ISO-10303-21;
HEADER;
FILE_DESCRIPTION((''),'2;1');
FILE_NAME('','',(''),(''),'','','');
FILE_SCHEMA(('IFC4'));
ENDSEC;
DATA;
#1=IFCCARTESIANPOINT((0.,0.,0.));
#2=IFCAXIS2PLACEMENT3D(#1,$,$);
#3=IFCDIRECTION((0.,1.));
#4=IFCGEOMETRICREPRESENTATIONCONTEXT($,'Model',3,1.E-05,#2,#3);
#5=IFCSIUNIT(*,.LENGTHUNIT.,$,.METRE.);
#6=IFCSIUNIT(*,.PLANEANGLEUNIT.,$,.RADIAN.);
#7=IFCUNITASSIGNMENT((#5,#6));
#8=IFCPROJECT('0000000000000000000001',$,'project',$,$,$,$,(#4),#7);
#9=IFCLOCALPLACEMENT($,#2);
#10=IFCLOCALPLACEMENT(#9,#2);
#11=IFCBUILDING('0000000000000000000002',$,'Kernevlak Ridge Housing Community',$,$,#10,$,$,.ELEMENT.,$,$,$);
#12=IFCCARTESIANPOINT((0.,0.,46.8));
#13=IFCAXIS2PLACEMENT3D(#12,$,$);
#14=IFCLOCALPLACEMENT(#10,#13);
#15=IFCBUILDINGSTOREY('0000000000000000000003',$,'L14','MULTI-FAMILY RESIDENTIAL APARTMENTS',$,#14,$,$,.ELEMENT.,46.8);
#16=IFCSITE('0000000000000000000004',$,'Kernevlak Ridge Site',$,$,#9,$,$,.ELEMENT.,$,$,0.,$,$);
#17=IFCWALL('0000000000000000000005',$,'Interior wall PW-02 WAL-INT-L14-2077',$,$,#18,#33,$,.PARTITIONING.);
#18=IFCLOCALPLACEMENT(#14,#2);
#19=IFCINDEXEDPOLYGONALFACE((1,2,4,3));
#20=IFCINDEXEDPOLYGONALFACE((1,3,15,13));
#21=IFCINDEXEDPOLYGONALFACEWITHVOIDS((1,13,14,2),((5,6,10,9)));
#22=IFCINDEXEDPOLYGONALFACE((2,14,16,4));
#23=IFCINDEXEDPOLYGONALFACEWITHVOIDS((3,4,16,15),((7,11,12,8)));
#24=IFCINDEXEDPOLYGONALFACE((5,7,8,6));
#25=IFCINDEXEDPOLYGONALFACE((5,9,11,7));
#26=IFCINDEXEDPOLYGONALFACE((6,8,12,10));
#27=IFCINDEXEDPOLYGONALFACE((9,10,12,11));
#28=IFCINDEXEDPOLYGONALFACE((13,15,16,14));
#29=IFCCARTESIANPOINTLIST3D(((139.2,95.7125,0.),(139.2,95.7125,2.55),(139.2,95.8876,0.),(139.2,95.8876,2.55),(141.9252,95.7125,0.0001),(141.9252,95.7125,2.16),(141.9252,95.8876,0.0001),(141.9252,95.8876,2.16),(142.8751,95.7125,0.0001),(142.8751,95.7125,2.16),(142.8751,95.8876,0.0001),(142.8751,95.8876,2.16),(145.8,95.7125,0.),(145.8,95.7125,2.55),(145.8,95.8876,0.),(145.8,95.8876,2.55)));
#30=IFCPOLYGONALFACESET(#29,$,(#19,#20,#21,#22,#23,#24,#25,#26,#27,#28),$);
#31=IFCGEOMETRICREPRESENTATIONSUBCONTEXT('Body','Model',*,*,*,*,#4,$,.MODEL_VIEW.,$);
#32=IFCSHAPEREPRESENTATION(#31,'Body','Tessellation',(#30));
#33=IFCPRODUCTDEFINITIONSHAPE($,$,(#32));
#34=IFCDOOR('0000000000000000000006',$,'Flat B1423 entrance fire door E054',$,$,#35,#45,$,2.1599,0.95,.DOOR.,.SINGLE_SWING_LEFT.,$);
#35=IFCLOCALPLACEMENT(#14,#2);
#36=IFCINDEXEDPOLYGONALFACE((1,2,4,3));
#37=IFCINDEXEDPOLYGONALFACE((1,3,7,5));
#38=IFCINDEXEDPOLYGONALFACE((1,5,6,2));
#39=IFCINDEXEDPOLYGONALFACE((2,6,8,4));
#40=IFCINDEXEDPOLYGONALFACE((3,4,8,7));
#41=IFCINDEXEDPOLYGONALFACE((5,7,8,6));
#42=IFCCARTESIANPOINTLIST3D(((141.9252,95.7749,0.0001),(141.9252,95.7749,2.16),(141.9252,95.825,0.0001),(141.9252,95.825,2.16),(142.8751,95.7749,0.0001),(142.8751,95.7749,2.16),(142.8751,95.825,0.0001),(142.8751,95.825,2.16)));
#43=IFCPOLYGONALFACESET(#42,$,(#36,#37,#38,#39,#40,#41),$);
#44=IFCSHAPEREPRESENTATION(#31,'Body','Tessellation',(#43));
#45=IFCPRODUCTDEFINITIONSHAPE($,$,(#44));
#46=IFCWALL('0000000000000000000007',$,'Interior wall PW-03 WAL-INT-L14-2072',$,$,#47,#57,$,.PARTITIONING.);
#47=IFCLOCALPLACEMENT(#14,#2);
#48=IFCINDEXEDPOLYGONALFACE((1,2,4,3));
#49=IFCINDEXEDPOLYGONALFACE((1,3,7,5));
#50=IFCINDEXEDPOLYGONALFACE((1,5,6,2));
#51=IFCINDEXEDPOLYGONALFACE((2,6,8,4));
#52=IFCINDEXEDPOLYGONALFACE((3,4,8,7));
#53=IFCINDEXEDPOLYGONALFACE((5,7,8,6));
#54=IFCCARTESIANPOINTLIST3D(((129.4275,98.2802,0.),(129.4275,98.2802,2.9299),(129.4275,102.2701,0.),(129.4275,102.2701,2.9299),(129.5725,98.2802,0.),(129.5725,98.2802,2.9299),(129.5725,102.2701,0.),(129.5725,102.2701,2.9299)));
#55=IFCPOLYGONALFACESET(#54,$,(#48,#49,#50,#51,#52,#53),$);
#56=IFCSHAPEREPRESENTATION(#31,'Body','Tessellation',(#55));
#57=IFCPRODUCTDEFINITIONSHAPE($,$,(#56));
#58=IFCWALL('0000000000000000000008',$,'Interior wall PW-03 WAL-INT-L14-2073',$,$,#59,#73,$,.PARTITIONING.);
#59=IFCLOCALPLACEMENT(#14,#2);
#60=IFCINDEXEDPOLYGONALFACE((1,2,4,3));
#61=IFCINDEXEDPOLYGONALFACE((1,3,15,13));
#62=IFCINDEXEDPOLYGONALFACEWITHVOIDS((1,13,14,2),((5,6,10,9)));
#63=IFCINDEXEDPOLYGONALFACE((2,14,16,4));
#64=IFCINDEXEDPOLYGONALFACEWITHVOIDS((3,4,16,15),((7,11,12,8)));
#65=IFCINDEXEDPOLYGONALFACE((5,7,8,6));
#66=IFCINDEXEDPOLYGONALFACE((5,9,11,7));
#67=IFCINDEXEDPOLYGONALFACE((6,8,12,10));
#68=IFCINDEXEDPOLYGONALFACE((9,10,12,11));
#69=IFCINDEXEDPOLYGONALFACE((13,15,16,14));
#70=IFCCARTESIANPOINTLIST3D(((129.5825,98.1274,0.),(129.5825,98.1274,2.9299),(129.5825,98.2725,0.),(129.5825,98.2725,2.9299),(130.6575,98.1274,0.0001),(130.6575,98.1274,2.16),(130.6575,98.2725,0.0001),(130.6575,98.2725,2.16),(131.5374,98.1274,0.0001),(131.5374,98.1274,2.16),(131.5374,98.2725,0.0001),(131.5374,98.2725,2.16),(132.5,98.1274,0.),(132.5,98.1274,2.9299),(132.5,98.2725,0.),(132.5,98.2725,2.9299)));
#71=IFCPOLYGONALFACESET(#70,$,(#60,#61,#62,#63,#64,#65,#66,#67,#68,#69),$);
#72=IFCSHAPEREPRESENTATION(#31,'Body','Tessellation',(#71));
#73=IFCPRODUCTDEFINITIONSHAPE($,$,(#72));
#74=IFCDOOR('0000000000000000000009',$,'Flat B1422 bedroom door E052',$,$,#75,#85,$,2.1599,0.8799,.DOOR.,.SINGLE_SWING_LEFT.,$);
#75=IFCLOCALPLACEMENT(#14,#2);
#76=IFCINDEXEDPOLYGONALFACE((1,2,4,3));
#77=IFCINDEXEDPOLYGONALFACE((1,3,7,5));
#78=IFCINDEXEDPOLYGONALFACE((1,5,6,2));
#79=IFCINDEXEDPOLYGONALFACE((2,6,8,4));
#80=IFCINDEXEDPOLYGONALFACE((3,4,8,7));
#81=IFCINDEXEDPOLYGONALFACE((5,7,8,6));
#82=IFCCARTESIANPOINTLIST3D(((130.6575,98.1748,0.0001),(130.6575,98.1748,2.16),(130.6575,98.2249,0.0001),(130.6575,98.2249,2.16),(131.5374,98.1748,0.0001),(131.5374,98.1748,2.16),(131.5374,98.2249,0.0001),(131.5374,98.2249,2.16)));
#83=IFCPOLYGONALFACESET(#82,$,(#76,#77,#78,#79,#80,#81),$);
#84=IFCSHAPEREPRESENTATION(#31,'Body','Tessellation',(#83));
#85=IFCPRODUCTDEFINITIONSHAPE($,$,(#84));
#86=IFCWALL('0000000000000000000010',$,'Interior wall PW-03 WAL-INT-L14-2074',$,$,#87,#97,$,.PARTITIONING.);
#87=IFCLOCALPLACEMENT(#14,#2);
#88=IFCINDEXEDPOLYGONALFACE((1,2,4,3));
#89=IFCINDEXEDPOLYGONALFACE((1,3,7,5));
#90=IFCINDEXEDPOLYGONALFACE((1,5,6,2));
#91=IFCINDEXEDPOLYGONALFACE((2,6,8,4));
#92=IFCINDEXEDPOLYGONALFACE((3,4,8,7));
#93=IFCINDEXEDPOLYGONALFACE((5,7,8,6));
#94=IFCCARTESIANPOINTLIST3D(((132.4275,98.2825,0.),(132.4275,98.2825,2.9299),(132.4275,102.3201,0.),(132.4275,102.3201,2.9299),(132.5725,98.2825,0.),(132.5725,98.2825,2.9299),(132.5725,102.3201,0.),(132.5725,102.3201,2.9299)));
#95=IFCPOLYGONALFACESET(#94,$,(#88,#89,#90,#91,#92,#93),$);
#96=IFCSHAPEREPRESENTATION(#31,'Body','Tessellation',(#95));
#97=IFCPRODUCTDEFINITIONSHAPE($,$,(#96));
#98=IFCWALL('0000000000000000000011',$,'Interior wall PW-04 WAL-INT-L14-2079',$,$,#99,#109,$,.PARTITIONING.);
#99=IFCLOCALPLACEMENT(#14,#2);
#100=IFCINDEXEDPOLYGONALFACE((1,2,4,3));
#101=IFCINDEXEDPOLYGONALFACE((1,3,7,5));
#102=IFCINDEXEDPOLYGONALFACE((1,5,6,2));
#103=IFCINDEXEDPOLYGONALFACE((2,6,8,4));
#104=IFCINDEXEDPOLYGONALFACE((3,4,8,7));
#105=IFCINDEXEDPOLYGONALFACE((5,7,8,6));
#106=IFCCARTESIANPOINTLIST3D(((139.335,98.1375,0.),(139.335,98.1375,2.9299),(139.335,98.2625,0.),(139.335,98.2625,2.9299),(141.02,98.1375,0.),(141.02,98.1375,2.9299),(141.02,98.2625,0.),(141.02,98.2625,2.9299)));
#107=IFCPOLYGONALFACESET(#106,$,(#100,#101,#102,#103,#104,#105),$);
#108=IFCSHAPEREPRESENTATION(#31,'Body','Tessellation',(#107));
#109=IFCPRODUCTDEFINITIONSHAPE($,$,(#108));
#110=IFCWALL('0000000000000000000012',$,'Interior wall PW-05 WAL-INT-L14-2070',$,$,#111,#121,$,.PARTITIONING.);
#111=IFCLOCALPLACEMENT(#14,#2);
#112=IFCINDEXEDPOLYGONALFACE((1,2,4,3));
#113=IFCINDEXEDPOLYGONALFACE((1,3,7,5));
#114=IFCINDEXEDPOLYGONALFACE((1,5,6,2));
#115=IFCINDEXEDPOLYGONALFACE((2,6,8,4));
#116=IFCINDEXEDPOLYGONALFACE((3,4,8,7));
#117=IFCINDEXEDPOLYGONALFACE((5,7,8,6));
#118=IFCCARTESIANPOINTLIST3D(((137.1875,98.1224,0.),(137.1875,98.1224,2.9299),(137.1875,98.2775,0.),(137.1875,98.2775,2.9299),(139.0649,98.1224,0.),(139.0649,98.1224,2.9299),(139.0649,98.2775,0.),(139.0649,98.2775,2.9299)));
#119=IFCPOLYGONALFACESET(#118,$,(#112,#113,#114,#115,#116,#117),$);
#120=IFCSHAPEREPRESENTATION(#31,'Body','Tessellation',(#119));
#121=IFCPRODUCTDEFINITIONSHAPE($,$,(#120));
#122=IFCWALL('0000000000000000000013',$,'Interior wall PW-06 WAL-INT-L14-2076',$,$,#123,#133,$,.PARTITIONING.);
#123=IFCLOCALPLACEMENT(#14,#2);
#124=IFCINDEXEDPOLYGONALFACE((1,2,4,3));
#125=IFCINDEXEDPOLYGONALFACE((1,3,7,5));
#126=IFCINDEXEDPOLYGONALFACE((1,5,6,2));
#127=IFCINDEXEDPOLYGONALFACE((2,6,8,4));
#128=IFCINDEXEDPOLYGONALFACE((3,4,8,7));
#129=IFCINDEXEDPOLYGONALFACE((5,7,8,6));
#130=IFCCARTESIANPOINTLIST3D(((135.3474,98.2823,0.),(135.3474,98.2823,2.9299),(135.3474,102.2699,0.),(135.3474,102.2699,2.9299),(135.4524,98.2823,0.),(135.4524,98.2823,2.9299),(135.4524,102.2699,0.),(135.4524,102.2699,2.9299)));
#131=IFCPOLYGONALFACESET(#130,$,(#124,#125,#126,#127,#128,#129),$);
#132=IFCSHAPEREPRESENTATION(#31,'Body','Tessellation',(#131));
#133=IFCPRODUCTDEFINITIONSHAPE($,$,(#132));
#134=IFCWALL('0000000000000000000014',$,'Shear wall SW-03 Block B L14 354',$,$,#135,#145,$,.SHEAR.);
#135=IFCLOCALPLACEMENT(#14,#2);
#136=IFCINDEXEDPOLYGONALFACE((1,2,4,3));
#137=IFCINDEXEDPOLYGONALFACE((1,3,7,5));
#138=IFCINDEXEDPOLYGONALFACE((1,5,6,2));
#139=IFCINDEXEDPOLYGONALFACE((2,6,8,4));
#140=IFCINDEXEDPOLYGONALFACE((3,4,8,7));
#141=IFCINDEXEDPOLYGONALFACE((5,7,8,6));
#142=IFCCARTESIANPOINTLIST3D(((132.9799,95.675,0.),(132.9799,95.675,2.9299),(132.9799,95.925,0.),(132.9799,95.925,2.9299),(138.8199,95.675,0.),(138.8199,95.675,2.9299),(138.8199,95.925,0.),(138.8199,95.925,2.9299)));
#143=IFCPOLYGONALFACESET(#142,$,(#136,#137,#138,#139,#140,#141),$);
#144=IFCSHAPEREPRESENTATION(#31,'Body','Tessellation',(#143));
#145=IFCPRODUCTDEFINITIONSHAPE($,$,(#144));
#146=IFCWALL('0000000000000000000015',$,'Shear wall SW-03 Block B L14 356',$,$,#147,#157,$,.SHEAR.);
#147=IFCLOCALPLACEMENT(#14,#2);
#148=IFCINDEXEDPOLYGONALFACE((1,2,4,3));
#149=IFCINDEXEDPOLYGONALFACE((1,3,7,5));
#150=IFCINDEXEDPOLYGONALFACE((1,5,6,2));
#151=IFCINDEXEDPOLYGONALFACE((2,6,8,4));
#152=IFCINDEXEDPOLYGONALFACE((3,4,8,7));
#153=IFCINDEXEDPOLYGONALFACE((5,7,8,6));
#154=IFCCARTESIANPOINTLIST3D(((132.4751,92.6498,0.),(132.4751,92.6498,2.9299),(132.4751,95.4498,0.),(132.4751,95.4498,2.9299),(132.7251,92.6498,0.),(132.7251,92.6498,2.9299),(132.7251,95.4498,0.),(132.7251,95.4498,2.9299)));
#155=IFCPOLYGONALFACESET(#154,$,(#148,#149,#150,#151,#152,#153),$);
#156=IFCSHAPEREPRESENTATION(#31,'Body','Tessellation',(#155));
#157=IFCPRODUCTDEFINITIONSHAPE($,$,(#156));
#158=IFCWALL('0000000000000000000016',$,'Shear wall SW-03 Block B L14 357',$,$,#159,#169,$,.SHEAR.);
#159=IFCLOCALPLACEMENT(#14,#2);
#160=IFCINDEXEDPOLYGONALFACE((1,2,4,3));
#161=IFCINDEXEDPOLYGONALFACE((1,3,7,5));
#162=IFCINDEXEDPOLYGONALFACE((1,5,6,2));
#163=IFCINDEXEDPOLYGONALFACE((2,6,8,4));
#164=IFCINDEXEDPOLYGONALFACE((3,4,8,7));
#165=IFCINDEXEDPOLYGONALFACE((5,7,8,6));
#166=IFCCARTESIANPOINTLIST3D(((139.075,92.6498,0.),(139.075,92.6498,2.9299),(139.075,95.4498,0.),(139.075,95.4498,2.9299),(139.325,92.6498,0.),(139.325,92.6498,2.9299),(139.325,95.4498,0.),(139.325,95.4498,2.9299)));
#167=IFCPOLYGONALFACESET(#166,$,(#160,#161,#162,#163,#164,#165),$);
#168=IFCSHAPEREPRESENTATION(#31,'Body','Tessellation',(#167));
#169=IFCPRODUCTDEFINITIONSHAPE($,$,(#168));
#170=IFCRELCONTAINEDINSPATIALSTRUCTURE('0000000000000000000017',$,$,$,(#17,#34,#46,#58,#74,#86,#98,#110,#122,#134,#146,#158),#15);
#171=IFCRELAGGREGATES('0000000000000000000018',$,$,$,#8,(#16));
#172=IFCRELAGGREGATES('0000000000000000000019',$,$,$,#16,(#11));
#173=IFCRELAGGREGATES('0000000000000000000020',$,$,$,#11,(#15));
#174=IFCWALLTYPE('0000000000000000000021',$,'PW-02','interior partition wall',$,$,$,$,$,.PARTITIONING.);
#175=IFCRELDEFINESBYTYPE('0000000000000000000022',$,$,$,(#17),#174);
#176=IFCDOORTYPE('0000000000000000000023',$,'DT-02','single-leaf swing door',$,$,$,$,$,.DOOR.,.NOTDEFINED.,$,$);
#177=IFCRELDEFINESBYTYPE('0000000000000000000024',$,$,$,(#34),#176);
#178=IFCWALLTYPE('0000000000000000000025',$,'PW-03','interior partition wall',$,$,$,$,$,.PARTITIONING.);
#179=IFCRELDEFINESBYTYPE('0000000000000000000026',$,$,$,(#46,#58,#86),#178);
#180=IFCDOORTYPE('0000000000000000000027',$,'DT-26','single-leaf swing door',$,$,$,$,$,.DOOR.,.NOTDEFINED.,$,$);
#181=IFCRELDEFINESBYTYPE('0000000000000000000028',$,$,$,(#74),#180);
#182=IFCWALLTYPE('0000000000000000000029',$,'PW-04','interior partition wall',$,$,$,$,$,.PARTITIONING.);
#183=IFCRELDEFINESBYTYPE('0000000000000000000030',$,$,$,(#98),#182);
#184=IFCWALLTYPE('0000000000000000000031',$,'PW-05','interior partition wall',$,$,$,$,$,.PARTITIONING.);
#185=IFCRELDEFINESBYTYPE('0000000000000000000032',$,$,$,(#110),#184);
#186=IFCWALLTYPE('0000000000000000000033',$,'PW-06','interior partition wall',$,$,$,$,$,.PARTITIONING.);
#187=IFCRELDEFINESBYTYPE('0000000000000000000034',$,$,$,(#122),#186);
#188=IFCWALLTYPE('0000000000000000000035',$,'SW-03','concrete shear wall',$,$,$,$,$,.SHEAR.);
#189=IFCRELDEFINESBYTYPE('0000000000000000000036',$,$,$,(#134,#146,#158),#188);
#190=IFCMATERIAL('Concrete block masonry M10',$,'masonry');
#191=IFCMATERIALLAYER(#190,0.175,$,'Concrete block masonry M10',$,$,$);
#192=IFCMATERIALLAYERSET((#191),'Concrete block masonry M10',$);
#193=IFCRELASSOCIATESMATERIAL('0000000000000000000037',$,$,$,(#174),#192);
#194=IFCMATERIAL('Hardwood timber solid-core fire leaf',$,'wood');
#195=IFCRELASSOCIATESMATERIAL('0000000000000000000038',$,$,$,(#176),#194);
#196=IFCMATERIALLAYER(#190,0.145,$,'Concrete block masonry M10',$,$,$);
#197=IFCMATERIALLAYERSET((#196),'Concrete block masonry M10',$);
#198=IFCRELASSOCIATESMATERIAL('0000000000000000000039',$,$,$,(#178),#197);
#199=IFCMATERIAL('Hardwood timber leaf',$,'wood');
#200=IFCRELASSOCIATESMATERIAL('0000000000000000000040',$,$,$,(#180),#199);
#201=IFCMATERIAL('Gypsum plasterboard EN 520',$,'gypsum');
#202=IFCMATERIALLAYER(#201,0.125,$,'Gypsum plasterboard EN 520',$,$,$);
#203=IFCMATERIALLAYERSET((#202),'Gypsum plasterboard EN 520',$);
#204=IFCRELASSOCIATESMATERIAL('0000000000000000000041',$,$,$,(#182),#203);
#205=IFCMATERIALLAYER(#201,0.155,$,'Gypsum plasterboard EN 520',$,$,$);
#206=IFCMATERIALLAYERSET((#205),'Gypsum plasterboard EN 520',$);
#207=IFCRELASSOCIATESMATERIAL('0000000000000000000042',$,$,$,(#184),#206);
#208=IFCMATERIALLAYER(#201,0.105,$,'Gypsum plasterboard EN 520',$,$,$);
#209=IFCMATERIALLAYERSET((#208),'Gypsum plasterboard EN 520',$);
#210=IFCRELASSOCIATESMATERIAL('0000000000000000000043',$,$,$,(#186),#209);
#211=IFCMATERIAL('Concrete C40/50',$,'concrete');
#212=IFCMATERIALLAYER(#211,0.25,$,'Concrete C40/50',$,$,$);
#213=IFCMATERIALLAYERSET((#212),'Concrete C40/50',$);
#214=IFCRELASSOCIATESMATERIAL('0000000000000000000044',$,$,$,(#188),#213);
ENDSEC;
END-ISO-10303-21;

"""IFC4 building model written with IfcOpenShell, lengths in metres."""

from ifc_helpers import new_model, si_unit, direction, frame, frame_2d, origin, place, context, subcontext, project, spatial, rectangle, extrude, material, layer, layer_set, type_object, element, fill, save


model = new_model("IFC4")

# Units and contexts
model_context = context("Model", 3, precision=1e-05, world=origin(), true_north=direction((0.0, 1.0)))
body_context = subcontext(model_context, "Body", "Model", "MODEL_VIEW")
ifc_project = project(units=[si_unit("LENGTHUNIT", "METRE"), si_unit("PLANEANGLEUNIT", "RADIAN")], contexts=[model_context])

# Site, building, storey
site_placement = place(None, origin())
site = spatial("IfcSite", under=ifc_project, at=site_placement, Name="Kernevlak Ridge Site", CompositionType="ELEMENT", RefElevation=0.0)
building_placement = place(site_placement, origin())
building = spatial("IfcBuilding", under=site, at=building_placement, Name="Kernevlak Ridge Housing Community", CompositionType="ELEMENT")
storey_placement = place(building_placement, frame((0.0, 0.0, 46.8)))
storey = spatial("IfcBuildingStorey", under=building, at=storey_placement, Name="L14", Description="MULTI-FAMILY RESIDENTIAL APARTMENTS", CompositionType="ELEMENT", Elevation=46.8)

# Shared definitions
ifc_material_1 = material(Name="Concrete block masonry M10", Category="masonry")

# Wall, opening, door
ifc_layer_1 = layer(ifc_material_1, 0.175, Name="Concrete block masonry M10")
ifc_layer_set_1 = layer_set([ifc_layer_1], Name="Concrete block masonry M10")
wall_type_1 = type_object("IfcWallType", Name="PW-02", Description="interior partition wall", PredefinedType="PARTITIONING", material=ifc_layer_set_1)
wall_1_placement = place(storey_placement, frame((139.2, 95.8, 0.0), z_axis=(0.0, 0.0, 1.0), x_axis=(1.0, 0.0, 0.0)))
wall_1 = element("IfcWall", 1, at=wall_1_placement, inside=storey, type_object=wall_type_1, Name="Interior wall PW-02 WAL-INT-L14-2077", PredefinedType="PARTITIONING", context=body_context, shape_type="SweptSolid", body=[
    extrude(rectangle(XDim=6.6001, YDim=0.175, at=frame_2d((3.3, 0.0))), origin(), (0.0, 0.0, 1.0), 2.55),
])
opening_1_placement = place(wall_1_placement, frame((2.7251, 0.0, 0.0)))
opening_1 = element("IfcOpeningElement", 2, at=opening_1_placement, cuts=wall_1, PredefinedType="OPENING", context=body_context, shape_type="SweptSolid", body=[
    extrude(rectangle(XDim=0.95, YDim=2.1599, at=frame_2d((0.4751, 1.0801))), frame((0.0, 0.0974, 0.0), z_axis=(0.0, -1.0, 0.0), x_axis=(1.0, 0.0, 0.0)), (0.0, 0.0, 1.0), 0.1951),
])
ifc_material_2 = material(Name="Hardwood timber solid-core fire leaf", Category="wood")
door_type_1 = type_object("IfcDoorType", Name="DT-02", Description="single-leaf swing door", OperationType="NOTDEFINED", PredefinedType="DOOR", material=ifc_material_2)
door_1_placement = place(opening_1_placement, origin())
door_1 = element("IfcDoor", 3, at=door_1_placement, inside=storey, type_object=door_type_1, Name="Flat B1423 entrance fire door E054", OperationType="SINGLE_SWING_LEFT", OverallHeight=2.1599, OverallWidth=0.95, PredefinedType="DOOR", context=body_context, shape_type="SweptSolid", body=[
    extrude(rectangle(XDim=0.95, YDim=2.1599, at=frame_2d((0.4751, 1.0801))), frame((0.0, 0.0249, 0.0), z_axis=(0.0, -1.0, 0.0), x_axis=(1.0, 0.0, 0.0)), (0.0, 0.0, 1.0), 0.05),
])
fill(opening_1, door_1)

# Wall
ifc_layer_2 = layer(ifc_material_1, 0.145, Name="Concrete block masonry M10")
ifc_layer_set_2 = layer_set([ifc_layer_2], Name="Concrete block masonry M10")
wall_type_2 = type_object("IfcWallType", Name="PW-03", Description="interior partition wall", PredefinedType="PARTITIONING", material=ifc_layer_set_2)
wall_2_placement = place(storey_placement, frame((129.5, 98.28, 0.0), z_axis=(0.0, 0.0, 1.0), x_axis=(0.0, 1.0, 0.0)))
element("IfcWall", 4, at=wall_2_placement, inside=storey, type_object=wall_type_2, Name="Interior wall PW-03 WAL-INT-L14-2072", PredefinedType="PARTITIONING", context=body_context, shape_type="SweptSolid", body=[
    extrude(rectangle(XDim=3.99, YDim=0.145, at=frame_2d((1.9951, 0.0))), origin(), (0.0, 0.0, 1.0), 2.9299),
])

# Wall, opening, door
wall_3_placement = place(storey_placement, frame((129.5825, 98.2, 0.0), z_axis=(0.0, 0.0, 1.0), x_axis=(1.0, 0.0, 0.0)))
wall_3 = element("IfcWall", 5, at=wall_3_placement, inside=storey, type_object=wall_type_2, Name="Interior wall PW-03 WAL-INT-L14-2073", PredefinedType="PARTITIONING", context=body_context, shape_type="SweptSolid", body=[
    extrude(rectangle(XDim=2.9175, YDim=0.145, at=frame_2d((1.4587, 0.0))), origin(), (0.0, 0.0, 1.0), 2.9299),
])
opening_2_placement = place(wall_3_placement, frame((1.075, 0.0, 0.0)))
opening_2 = element("IfcOpeningElement", 6, at=opening_2_placement, cuts=wall_3, PredefinedType="OPENING", context=body_context, shape_type="SweptSolid", body=[
    extrude(rectangle(XDim=0.8799, YDim=2.1599, at=frame_2d((0.4399, 1.0801))), frame((0.0, 0.0825, 0.0), z_axis=(0.0, -1.0, 0.0), x_axis=(1.0, 0.0, 0.0)), (0.0, 0.0, 1.0), 0.165),
])
ifc_material_3 = material(Name="Hardwood timber leaf", Category="wood")
door_type_2 = type_object("IfcDoorType", Name="DT-26", Description="single-leaf swing door", OperationType="NOTDEFINED", PredefinedType="DOOR", material=ifc_material_3)
door_2_placement = place(opening_2_placement, origin())
door_2 = element("IfcDoor", 7, at=door_2_placement, inside=storey, type_object=door_type_2, Name="Flat B1422 bedroom door E052", OperationType="SINGLE_SWING_LEFT", OverallHeight=2.1599, OverallWidth=0.8799, PredefinedType="DOOR", context=body_context, shape_type="SweptSolid", body=[
    extrude(rectangle(XDim=0.8799, YDim=2.1599, at=frame_2d((0.4399, 1.0801))), frame((0.0, 0.0249, 0.0), z_axis=(0.0, -1.0, 0.0), x_axis=(1.0, 0.0, 0.0)), (0.0, 0.0, 1.0), 0.05),
])
fill(opening_2, door_2)

# Wall
wall_4_placement = place(storey_placement, frame((132.5, 98.2825, 0.0), z_axis=(0.0, 0.0, 1.0), x_axis=(0.0, 1.0, 0.0)))
element("IfcWall", 8, at=wall_4_placement, inside=storey, type_object=wall_type_2, Name="Interior wall PW-03 WAL-INT-L14-2074", PredefinedType="PARTITIONING", context=body_context, shape_type="SweptSolid", body=[
    extrude(rectangle(XDim=4.0376, YDim=0.145, at=frame_2d((2.0188, 0.0))), origin(), (0.0, 0.0, 1.0), 2.9299),
])

# Wall
ifc_material_4 = material(Name="Gypsum plasterboard EN 520", Category="gypsum")
ifc_layer_3 = layer(ifc_material_4, 0.125, Name="Gypsum plasterboard EN 520")
ifc_layer_set_3 = layer_set([ifc_layer_3], Name="Gypsum plasterboard EN 520")
wall_type_3 = type_object("IfcWallType", Name="PW-04", Description="interior partition wall", PredefinedType="PARTITIONING", material=ifc_layer_set_3)
wall_5_placement = place(storey_placement, frame((139.335, 98.2, 0.0), z_axis=(0.0, 0.0, 1.0), x_axis=(1.0, 0.0, 0.0)))
element("IfcWall", 9, at=wall_5_placement, inside=storey, type_object=wall_type_3, Name="Interior wall PW-04 WAL-INT-L14-2079", PredefinedType="PARTITIONING", context=body_context, shape_type="SweptSolid", body=[
    extrude(rectangle(XDim=1.6851, YDim=0.125, at=frame_2d((0.8425, 0.0))), origin(), (0.0, 0.0, 1.0), 2.9299),
])

# Shared definitions
ifc_layer_4 = layer(ifc_material_4, 0.155, Name="Gypsum plasterboard EN 520")
ifc_layer_set_4 = layer_set([ifc_layer_4], Name="Gypsum plasterboard EN 520")
wall_type_4 = type_object("IfcWallType", Name="PW-05", Description="interior partition wall", PredefinedType="PARTITIONING", material=ifc_layer_set_4)

# Walls
wall_6_placement = place(storey_placement, frame((137.1875, 98.2, 0.0), z_axis=(0.0, 0.0, 1.0), x_axis=(1.0, 0.0, 0.0)))
element("IfcWall", 10, at=wall_6_placement, inside=storey, type_object=wall_type_4, Name="Interior wall PW-05 WAL-INT-L14-2070", PredefinedType="PARTITIONING", context=body_context, shape_type="SweptSolid", body=[
    extrude(rectangle(XDim=1.8774, YDim=0.155, at=frame_2d((0.9387, 0.0))), origin(), (0.0, 0.0, 1.0), 2.9299),
])
ifc_layer_5 = layer(ifc_material_4, 0.105, Name="Gypsum plasterboard EN 520")
ifc_layer_set_5 = layer_set([ifc_layer_5], Name="Gypsum plasterboard EN 520")
wall_type_5 = type_object("IfcWallType", Name="PW-06", Description="interior partition wall", PredefinedType="PARTITIONING", material=ifc_layer_set_5)
wall_7_placement = place(storey_placement, frame((135.3999, 98.2825, 0.0), z_axis=(0.0, 0.0, 1.0), x_axis=(0.0, 1.0, 0.0)))
element("IfcWall", 11, at=wall_7_placement, inside=storey, type_object=wall_type_5, Name="Interior wall PW-06 WAL-INT-L14-2076", PredefinedType="PARTITIONING", context=body_context, shape_type="SweptSolid", body=[
    extrude(rectangle(XDim=3.9875, YDim=0.105, at=frame_2d((1.9937, 0.0))), origin(), (0.0, 0.0, 1.0), 2.9299),
])
ifc_material_5 = material(Name="Concrete C40/50", Category="concrete")
ifc_layer_6 = layer(ifc_material_5, 0.25, Name="Concrete C40/50")
ifc_layer_set_6 = layer_set([ifc_layer_6], Name="Concrete C40/50")
wall_type_6 = type_object("IfcWallType", Name="SW-03", Description="concrete shear wall", PredefinedType="SHEAR", material=ifc_layer_set_6)
wall_8_placement = place(storey_placement, frame((132.98, 95.8, 0.0), z_axis=(0.0, 0.0, 1.0), x_axis=(1.0, 0.0, 0.0)))
element("IfcWall", 12, at=wall_8_placement, inside=storey, type_object=wall_type_6, Name="Shear wall SW-03 Block B L14 354", PredefinedType="SHEAR", context=body_context, shape_type="SweptSolid", body=[
    extrude(rectangle(XDim=5.8401, YDim=0.25, at=frame_2d((2.9199, 0.0))), origin(), (0.0, 0.0, 1.0), 2.9299),
])
for number, where, z_axis, x_axis, name in (
    (13, (132.6001, 92.6499, 0.0), (0.0, 0.0, 1.0), (0.0, 1.0, 0.0), "Shear wall SW-03 Block B L14 356"),
    (14, (139.2, 92.6499, 0.0), (0.0, 0.0, 1.0), (0.0, 1.0, 0.0), "Shear wall SW-03 Block B L14 357"),
):
    element("IfcWall", number, at=place(storey_placement, frame(where, z_axis=z_axis, x_axis=x_axis)), inside=storey, type_object=wall_type_6, Name=name, PredefinedType="SHEAR", context=body_context, shape_type="SweptSolid", body=[
        extrude(rectangle(XDim=2.8, YDim=0.25, at=frame_2d((1.3999, 0.0))), origin(), (0.0, 0.0, 1.0), 2.9299),
    ])

save(model, "model.ifc")
